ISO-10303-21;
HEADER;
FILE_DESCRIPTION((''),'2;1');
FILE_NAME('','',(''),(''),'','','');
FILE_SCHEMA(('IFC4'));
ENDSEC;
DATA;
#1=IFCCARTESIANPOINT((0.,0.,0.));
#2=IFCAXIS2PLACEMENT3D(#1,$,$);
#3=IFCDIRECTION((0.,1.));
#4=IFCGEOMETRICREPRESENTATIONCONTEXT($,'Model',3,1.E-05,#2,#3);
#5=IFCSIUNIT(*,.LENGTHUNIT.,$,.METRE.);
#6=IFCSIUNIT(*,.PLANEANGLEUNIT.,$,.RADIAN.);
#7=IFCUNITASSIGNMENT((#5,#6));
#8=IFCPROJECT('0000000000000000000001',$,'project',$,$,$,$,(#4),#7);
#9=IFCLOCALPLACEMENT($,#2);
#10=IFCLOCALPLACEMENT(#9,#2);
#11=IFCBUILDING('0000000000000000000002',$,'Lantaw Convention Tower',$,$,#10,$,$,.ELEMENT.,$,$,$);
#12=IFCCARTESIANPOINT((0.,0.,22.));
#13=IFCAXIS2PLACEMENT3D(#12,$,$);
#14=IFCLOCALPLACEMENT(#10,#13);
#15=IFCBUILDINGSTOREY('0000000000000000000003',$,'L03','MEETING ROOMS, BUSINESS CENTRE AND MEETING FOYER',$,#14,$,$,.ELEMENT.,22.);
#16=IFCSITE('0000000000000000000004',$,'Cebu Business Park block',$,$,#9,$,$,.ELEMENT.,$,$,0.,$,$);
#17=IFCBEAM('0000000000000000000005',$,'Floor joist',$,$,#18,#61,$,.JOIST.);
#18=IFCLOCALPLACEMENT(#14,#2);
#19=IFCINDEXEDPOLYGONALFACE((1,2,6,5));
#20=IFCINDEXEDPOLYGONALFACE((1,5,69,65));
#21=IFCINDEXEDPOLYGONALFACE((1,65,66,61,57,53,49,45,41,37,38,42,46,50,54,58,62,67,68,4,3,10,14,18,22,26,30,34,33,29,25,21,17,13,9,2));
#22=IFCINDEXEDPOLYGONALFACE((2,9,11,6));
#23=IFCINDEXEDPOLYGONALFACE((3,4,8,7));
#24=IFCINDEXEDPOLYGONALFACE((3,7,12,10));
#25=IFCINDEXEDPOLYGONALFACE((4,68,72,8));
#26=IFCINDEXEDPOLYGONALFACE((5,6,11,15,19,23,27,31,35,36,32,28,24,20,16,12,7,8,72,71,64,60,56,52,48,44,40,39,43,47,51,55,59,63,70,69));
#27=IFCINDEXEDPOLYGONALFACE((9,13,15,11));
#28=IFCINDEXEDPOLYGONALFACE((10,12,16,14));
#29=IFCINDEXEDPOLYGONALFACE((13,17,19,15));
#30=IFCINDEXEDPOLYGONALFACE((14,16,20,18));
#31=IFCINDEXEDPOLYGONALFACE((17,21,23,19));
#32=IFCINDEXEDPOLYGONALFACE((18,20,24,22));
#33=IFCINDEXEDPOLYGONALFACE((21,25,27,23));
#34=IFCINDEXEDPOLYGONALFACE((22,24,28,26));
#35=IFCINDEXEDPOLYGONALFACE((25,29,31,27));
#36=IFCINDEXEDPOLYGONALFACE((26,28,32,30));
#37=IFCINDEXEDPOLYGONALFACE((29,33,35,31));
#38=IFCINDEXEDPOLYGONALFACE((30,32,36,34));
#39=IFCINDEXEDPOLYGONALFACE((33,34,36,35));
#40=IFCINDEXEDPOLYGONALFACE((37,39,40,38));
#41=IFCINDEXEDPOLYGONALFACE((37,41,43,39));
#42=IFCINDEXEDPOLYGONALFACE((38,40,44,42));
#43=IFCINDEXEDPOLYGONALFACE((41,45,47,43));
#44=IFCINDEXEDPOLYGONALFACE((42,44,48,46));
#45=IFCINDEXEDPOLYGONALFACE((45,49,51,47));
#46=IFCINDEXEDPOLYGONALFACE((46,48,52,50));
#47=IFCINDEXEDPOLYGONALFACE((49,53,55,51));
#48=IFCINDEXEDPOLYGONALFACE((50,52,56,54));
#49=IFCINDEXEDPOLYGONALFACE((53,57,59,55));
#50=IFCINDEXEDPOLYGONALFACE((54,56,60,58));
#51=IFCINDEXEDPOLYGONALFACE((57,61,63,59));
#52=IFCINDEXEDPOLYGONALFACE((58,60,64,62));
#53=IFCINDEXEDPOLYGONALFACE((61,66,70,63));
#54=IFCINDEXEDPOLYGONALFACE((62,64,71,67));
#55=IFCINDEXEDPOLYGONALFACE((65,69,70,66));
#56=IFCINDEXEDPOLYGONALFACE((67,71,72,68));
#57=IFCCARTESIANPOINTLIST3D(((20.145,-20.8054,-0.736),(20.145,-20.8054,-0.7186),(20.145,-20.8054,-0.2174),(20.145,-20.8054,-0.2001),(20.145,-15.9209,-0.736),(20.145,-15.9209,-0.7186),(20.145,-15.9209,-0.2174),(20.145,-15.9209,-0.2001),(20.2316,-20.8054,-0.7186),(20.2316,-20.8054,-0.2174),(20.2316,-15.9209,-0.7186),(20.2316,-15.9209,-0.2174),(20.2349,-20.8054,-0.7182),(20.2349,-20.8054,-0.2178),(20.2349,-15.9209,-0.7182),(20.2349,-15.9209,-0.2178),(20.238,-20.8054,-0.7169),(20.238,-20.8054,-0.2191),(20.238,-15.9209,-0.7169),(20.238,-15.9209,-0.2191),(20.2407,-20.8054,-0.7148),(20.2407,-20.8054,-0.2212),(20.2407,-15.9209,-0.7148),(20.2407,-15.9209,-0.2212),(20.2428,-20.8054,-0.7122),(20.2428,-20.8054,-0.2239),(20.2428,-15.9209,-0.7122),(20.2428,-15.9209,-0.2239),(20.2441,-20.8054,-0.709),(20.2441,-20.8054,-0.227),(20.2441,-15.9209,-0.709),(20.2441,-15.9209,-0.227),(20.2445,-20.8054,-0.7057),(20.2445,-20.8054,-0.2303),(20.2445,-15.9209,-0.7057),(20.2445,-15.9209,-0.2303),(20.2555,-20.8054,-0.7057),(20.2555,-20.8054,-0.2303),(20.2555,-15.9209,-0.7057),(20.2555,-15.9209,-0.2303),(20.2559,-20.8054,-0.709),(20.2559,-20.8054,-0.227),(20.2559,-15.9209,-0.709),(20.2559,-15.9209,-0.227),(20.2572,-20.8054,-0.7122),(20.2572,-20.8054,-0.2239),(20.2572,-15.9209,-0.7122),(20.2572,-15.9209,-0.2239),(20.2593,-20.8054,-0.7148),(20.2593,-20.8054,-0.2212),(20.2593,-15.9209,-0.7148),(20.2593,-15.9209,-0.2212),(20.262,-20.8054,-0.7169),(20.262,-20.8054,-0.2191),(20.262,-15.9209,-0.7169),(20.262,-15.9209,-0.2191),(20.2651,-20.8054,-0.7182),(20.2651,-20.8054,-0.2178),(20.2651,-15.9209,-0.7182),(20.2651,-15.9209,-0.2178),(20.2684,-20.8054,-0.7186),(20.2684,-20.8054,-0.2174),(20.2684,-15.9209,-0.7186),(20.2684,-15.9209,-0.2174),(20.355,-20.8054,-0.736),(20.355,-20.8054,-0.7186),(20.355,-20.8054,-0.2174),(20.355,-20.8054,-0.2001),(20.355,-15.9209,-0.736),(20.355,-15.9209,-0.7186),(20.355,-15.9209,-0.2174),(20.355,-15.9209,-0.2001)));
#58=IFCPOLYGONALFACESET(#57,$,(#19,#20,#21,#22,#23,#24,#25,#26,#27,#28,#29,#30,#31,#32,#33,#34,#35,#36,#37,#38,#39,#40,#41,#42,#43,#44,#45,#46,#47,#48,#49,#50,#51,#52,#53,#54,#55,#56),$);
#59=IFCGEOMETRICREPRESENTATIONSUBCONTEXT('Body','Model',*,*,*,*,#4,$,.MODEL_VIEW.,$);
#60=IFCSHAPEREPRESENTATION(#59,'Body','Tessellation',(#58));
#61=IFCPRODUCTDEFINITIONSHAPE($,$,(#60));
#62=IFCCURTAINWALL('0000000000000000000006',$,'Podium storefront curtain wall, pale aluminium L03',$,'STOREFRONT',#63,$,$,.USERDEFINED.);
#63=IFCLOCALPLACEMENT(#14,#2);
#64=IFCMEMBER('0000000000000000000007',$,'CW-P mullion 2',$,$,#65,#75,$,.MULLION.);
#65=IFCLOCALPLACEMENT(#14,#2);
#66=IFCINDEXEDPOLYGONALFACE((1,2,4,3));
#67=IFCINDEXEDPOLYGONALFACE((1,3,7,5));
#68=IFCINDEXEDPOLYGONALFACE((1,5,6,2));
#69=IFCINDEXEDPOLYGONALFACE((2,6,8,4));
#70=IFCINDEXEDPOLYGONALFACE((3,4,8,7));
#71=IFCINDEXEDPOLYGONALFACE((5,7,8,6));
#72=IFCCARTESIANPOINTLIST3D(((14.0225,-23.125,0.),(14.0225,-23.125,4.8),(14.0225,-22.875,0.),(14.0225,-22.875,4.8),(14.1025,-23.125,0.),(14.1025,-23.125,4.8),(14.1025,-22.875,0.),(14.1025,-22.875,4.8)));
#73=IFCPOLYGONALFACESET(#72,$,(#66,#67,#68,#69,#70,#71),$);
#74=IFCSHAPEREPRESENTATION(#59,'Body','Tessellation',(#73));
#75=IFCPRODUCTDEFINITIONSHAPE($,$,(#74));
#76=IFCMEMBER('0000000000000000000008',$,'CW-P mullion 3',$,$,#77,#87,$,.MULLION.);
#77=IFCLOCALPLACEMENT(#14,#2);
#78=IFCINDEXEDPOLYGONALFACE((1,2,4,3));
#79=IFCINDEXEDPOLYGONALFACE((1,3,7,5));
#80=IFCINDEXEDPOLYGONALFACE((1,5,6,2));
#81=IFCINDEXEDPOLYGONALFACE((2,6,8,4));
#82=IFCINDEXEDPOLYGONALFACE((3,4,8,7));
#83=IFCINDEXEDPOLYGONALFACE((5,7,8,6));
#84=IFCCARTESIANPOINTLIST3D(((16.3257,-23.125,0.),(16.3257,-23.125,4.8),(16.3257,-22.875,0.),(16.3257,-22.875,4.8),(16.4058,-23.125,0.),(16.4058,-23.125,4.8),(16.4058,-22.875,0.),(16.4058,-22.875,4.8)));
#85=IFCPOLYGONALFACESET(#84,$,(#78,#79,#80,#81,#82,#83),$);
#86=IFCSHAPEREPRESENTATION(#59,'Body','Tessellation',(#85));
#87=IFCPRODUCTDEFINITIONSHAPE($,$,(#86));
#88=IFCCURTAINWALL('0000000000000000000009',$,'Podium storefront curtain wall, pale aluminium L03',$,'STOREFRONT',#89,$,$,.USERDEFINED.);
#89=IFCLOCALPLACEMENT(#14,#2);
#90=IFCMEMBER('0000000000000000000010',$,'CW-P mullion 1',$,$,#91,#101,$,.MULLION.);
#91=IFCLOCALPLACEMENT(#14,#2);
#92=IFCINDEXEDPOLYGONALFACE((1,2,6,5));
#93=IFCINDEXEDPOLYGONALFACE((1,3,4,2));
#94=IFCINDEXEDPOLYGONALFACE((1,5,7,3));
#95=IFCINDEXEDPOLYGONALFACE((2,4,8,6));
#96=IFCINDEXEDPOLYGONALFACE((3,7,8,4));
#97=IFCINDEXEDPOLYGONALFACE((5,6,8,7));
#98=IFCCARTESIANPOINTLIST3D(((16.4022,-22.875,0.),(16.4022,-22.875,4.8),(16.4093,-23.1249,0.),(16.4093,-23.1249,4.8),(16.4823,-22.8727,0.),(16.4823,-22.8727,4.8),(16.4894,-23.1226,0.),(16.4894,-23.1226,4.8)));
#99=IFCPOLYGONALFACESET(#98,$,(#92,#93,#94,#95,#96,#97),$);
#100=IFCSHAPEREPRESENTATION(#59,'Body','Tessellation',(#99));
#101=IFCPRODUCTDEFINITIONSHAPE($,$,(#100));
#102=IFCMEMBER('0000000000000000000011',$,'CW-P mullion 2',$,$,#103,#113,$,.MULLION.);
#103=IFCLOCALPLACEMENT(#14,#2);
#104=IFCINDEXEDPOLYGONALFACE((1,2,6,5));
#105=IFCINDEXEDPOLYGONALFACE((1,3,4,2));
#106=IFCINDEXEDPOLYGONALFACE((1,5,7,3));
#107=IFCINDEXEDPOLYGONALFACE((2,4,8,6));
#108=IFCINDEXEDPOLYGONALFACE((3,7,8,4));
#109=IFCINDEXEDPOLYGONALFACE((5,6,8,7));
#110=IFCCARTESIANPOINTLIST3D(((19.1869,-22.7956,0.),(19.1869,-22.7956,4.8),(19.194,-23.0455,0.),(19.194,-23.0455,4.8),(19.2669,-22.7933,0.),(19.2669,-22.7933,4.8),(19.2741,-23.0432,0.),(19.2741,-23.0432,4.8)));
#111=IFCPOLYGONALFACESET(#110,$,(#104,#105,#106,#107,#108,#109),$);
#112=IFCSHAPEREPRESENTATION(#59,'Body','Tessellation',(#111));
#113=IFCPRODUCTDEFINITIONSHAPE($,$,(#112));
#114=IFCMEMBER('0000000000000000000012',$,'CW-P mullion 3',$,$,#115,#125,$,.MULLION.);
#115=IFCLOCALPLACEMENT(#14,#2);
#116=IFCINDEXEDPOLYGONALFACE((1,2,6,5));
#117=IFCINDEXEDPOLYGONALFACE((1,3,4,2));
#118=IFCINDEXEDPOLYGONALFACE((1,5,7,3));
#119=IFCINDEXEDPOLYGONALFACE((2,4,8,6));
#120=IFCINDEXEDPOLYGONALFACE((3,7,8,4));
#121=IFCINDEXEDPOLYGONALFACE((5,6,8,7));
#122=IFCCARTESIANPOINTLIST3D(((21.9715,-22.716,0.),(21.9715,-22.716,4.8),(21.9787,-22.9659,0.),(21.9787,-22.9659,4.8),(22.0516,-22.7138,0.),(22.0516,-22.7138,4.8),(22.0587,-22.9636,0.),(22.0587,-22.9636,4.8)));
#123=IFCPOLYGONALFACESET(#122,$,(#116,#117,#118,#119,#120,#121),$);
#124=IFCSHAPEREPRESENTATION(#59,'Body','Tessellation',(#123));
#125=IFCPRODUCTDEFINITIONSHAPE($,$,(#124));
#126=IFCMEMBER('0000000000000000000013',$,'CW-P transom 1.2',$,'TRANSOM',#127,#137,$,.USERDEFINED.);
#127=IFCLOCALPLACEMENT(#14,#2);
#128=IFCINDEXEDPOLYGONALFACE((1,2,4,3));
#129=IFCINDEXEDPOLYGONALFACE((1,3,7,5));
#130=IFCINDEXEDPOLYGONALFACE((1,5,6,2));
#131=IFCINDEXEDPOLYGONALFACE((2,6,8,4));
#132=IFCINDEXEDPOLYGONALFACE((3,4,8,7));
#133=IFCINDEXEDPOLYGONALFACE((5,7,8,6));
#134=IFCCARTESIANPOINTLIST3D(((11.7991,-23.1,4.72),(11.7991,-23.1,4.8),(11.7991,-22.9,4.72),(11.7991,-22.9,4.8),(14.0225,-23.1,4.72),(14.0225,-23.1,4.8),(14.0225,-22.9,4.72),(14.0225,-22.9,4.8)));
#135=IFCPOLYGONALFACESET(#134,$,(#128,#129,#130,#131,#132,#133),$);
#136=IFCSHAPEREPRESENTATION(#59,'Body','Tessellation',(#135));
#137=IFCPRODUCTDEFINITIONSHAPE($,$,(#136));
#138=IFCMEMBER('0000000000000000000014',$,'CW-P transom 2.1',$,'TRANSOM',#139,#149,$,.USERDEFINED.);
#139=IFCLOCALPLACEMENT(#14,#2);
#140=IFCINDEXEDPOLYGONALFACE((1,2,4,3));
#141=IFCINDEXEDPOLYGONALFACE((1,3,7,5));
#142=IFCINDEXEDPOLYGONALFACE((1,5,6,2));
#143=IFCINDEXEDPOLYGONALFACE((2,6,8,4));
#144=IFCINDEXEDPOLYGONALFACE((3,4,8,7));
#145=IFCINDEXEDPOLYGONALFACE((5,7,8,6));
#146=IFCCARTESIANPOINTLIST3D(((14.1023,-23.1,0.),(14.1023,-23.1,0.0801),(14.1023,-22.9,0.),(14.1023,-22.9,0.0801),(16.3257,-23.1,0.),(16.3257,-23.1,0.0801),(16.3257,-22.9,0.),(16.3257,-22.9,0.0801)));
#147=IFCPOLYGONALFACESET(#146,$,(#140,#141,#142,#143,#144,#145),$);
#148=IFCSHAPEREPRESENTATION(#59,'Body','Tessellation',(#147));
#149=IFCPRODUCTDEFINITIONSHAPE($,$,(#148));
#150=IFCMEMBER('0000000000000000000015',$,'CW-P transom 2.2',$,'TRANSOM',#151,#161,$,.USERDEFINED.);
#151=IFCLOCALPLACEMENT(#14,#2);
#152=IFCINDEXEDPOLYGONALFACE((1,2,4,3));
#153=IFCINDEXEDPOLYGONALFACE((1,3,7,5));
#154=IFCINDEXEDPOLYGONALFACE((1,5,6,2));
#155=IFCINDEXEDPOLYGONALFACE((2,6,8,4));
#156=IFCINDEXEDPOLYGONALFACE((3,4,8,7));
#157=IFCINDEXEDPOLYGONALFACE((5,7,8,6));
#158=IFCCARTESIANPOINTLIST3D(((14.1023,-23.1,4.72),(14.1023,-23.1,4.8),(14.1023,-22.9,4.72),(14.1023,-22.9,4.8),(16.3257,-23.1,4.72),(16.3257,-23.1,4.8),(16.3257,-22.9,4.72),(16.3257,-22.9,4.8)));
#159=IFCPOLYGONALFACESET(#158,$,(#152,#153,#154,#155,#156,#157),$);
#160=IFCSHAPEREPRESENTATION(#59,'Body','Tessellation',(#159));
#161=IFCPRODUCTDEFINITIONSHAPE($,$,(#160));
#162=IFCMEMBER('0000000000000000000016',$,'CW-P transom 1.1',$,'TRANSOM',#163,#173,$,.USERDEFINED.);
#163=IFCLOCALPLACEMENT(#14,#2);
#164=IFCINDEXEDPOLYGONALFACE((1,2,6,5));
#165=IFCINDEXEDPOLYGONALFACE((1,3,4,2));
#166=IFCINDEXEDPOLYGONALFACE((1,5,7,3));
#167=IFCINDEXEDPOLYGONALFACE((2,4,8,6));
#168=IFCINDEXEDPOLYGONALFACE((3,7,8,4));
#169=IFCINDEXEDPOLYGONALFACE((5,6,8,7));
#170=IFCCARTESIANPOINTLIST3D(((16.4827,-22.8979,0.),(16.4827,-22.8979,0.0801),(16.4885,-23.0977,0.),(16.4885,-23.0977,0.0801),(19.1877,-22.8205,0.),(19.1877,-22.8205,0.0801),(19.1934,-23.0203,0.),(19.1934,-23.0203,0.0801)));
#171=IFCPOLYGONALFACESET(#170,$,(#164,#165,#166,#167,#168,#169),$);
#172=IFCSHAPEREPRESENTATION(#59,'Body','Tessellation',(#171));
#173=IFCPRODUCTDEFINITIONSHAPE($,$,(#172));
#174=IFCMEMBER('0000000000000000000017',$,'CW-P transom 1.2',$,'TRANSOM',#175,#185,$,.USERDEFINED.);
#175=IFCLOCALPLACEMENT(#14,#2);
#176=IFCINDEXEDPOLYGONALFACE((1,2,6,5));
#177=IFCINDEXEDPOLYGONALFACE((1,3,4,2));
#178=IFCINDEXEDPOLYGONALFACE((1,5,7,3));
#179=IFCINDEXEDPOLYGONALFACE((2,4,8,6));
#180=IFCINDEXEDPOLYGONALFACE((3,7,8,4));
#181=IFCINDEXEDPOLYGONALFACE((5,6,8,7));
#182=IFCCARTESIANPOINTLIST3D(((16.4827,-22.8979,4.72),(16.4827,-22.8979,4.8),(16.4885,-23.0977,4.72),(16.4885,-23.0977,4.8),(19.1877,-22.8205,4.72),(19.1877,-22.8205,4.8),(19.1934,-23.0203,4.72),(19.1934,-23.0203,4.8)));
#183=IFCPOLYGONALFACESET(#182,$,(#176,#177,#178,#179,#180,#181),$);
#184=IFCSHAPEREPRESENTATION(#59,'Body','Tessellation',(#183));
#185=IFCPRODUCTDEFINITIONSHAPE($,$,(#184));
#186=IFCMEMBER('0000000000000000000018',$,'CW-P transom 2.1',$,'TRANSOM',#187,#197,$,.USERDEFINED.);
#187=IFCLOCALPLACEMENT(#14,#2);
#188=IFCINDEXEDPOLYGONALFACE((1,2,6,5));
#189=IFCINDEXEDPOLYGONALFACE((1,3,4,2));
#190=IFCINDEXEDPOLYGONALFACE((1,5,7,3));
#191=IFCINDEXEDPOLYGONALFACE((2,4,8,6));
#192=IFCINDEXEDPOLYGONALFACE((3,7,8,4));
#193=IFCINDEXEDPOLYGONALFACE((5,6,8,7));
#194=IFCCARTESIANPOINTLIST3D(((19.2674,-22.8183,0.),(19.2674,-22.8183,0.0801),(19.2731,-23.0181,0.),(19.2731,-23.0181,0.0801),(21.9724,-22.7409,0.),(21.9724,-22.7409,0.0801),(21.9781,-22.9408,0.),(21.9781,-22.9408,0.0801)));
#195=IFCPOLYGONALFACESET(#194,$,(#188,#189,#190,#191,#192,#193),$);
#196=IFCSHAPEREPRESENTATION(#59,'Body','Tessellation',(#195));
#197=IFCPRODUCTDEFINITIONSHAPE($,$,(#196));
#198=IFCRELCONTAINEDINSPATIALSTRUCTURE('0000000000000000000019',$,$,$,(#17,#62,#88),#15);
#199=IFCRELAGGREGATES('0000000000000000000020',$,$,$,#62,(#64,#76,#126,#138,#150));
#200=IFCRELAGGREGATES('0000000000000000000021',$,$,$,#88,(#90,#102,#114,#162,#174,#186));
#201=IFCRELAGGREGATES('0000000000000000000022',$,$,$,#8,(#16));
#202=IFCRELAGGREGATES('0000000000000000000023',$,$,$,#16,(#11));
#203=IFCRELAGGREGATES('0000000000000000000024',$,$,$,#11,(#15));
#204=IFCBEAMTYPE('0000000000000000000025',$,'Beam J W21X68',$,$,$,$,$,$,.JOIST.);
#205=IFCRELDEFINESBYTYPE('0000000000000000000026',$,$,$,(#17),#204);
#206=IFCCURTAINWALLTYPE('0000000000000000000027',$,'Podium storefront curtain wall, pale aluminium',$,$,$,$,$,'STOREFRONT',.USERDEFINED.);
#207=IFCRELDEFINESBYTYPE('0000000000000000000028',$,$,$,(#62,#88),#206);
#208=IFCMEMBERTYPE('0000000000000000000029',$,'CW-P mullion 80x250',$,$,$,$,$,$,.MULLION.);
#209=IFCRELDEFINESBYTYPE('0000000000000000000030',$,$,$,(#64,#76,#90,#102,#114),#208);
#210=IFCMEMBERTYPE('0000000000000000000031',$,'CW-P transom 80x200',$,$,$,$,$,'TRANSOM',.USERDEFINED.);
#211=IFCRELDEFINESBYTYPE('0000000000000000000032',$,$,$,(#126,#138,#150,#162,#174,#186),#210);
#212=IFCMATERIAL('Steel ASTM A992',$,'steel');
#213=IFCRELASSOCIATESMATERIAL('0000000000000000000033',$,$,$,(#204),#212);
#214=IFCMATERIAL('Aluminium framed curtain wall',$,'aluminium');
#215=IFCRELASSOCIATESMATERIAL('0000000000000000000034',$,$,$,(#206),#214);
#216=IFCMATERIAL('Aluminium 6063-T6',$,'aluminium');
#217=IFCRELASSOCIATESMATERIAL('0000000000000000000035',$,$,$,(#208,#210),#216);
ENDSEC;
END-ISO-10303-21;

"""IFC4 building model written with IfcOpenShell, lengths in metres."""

from ifc_helpers import new_model, si_unit, direction, frame, origin, origin_2d, place, context, subcontext, project, spatial, rectangle, i_section, extrude, material, material_profile, profile_set, type_object, element, aggregate, save


model = new_model("IFC4")

# Units and contexts
model_context = context("Model", 3, precision=1e-05, world=origin(), true_north=direction((0.0, 1.0)))
body_context = subcontext(model_context, "Body", "Model", "MODEL_VIEW")
ifc_project = project(units=[si_unit("LENGTHUNIT", "METRE"), si_unit("PLANEANGLEUNIT", "RADIAN")], contexts=[model_context])

# Site, building, storey
site_placement = place(None, origin())
site = spatial("IfcSite", under=ifc_project, at=site_placement, Name="Cebu Business Park block", CompositionType="ELEMENT", RefElevation=0.0)
building_placement = place(site_placement, origin())
building = spatial("IfcBuilding", under=site, at=building_placement, Name="Lantaw Convention Tower", CompositionType="ELEMENT")
storey_placement = place(building_placement, frame((0.0, 0.0, 22.0)))
storey = spatial("IfcBuildingStorey", under=building, at=storey_placement, Name="L03", Description="MEETING ROOMS, BUSINESS CENTRE AND MEETING FOYER", CompositionType="ELEMENT", Elevation=22.0)

# Beam
ifc_material_1 = material(Name="Steel ASTM A992", Category="steel")
ifc_material_profile_1 = material_profile(ifc_material_1, i_section(OverallWidth=0.21, OverallDepth=0.5359, WebThickness=0.011, FlangeThickness=0.0173, FilletRadius=0.0129, at=origin_2d()), Name="W21X68")
ifc_profile_set_1 = profile_set([ifc_material_profile_1], Name="Steel ASTM A992")
beam_type_1 = type_object("IfcBeamType", Name="Beam J W21X68", PredefinedType="JOIST", material=ifc_profile_set_1)
beam_1_placement = place(storey_placement, frame((20.25, -20.8054, -0.468), z_axis=(0.0, 1.0, 0.0), x_axis=(-1.0, 0.0, 0.0)))
element("IfcBeam", 1, at=beam_1_placement, inside=storey, type_object=beam_type_1, Name="Floor joist", PredefinedType="JOIST", context=body_context, shape_type="SweptSolid", body=[
    extrude(i_section(OverallWidth=0.21, OverallDepth=0.5359, WebThickness=0.011, FlangeThickness=0.0173, FilletRadius=0.0129, at=origin_2d()), origin(), (0.0, 0.0, 1.0), 4.8845),
])

# Curtain walls, members
ifc_material_2 = material(Name="Aluminium framed curtain wall", Category="aluminium")
curtain_wall_type = type_object("IfcCurtainWallType", Name="Podium storefront curtain wall, pale aluminium", ElementType="STOREFRONT", PredefinedType="USERDEFINED", material=ifc_material_2)
curtain_wall_1_placement = place(storey_placement, origin())
curtain_wall_1 = element("IfcCurtainWall", 2, at=curtain_wall_1_placement, inside=storey, type_object=curtain_wall_type, Name="Podium storefront curtain wall, pale aluminium L03", ObjectType="STOREFRONT", PredefinedType="USERDEFINED")
ifc_material_3 = material(Name="Aluminium 6063-T6", Category="aluminium")
ifc_material_profile_2 = material_profile(ifc_material_3, rectangle(XDim=0.25, YDim=0.0801, at=origin_2d()), Name="CW-P mullion 80x250")
ifc_profile_set_2 = profile_set([ifc_material_profile_2], Name="Aluminium 6063-T6")
member_type_1 = type_object("IfcMemberType", Name="CW-P mullion 80x250", PredefinedType="MULLION", material=ifc_profile_set_2)
member_1_placement = place(storey_placement, frame((14.0625, -23.0, 0.0), z_axis=(0.0, 0.0, 1.0), x_axis=(0.0, 1.0, 0.0)))
member_1 = element("IfcMember", 3, at=member_1_placement, type_object=member_type_1, Name="CW-P mullion 2", PredefinedType="MULLION", context=body_context, shape_type="SweptSolid", body=[
    extrude(rectangle(XDim=0.25, YDim=0.0801, at=origin_2d()), origin(), (0.0, 0.0, 1.0), 4.8),
])
member_2_placement = place(storey_placement, frame((16.3657, -23.0, 0.0), z_axis=(0.0, 0.0, 1.0), x_axis=(0.0, 1.0, 0.0)))
member_2 = element("IfcMember", 4, at=member_2_placement, type_object=member_type_1, Name="CW-P mullion 3", PredefinedType="MULLION", context=body_context, shape_type="SweptSolid", body=[
    extrude(rectangle(XDim=0.25, YDim=0.0801, at=origin_2d()), origin(), (0.0, 0.0, 1.0), 4.8),
])
curtain_wall_2_placement = place(storey_placement, origin())
curtain_wall_2 = element("IfcCurtainWall", 5, at=curtain_wall_2_placement, inside=storey, type_object=curtain_wall_type, Name="Podium storefront curtain wall, pale aluminium L03", ObjectType="STOREFRONT", PredefinedType="USERDEFINED")
member_3_placement = place(storey_placement, frame((16.4458, -22.9988, 0.0), z_axis=(0.0, 0.0, 1.0), x_axis=(-0.028552, 0.999592, 0.0)))
member_3 = element("IfcMember", 6, at=member_3_placement, type_object=member_type_1, Name="CW-P mullion 1", PredefinedType="MULLION", context=body_context, shape_type="SweptSolid", body=[
    extrude(rectangle(XDim=0.25, YDim=0.0801, at=origin_2d()), origin(), (0.0, 0.0, 1.0), 4.8),
])
member_4_placement = place(storey_placement, frame((19.2305, -22.9194, 0.0), z_axis=(0.0, 0.0, 1.0), x_axis=(-0.028552, 0.999592, 0.0)))
member_4 = element("IfcMember", 7, at=member_4_placement, type_object=member_type_1, Name="CW-P mullion 2", PredefinedType="MULLION", context=body_context, shape_type="SweptSolid", body=[
    extrude(rectangle(XDim=0.25, YDim=0.0801, at=origin_2d()), origin(), (0.0, 0.0, 1.0), 4.8),
])
member_5_placement = place(storey_placement, frame((22.0151, -22.8398, 0.0), z_axis=(0.0, 0.0, 1.0), x_axis=(-0.028552, 0.999592, 0.0)))
member_5 = element("IfcMember", 8, at=member_5_placement, type_object=member_type_1, Name="CW-P mullion 3", PredefinedType="MULLION", context=body_context, shape_type="SweptSolid", body=[
    extrude(rectangle(XDim=0.25, YDim=0.0801, at=origin_2d()), origin(), (0.0, 0.0, 1.0), 4.8),
])

# Members
ifc_material_profile_3 = material_profile(ifc_material_3, rectangle(XDim=0.2, YDim=0.0801, at=origin_2d()), Name="CW-P transom 80x200")
ifc_profile_set_3 = profile_set([ifc_material_profile_3], Name="Aluminium 6063-T6")
member_type_2 = type_object("IfcMemberType", Name="CW-P transom 80x200", ElementType="TRANSOM", PredefinedType="USERDEFINED", material=ifc_profile_set_3)
member_6_placement = place(storey_placement, frame((11.7991, -23.0, 4.76), z_axis=(1.0, 0.0, 0.0), x_axis=(0.0, 1.0, 0.0)))
member_6 = element("IfcMember", 9, at=member_6_placement, type_object=member_type_2, Name="CW-P transom 1.2", ObjectType="TRANSOM", PredefinedType="USERDEFINED", context=body_context, shape_type="SweptSolid", body=[
    extrude(rectangle(XDim=0.2, YDim=0.0801, at=origin_2d()), origin(), (0.0, 0.0, 1.0), 2.2234),
])
member_7_placement = place(storey_placement, frame((14.1023, -23.0, 0.04), z_axis=(1.0, 0.0, 0.0), x_axis=(0.0, 1.0, 0.0)))
member_7 = element("IfcMember", 10, at=member_7_placement, type_object=member_type_2, Name="CW-P transom 2.1", ObjectType="TRANSOM", PredefinedType="USERDEFINED", context=body_context, shape_type="SweptSolid", body=[
    extrude(rectangle(XDim=0.2, YDim=0.0801, at=origin_2d()), origin(), (0.0, 0.0, 1.0), 2.2234),
])
member_8_placement = place(storey_placement, frame((14.1023, -23.0, 4.76), z_axis=(1.0, 0.0, 0.0), x_axis=(0.0, 1.0, 0.0)))
member_8 = element("IfcMember", 11, at=member_8_placement, type_object=member_type_2, Name="CW-P transom 2.2", ObjectType="TRANSOM", PredefinedType="USERDEFINED", context=body_context, shape_type="SweptSolid", body=[
    extrude(rectangle(XDim=0.2, YDim=0.0801, at=origin_2d()), origin(), (0.0, 0.0, 1.0), 2.2234),
])
member_9_placement = place(storey_placement, frame((16.4856, -22.9978, 0.04), z_axis=(0.999591, 0.028601, 0.0), x_axis=(-0.028601, 0.999591, 0.0)))
member_9 = element("IfcMember", 12, at=member_9_placement, type_object=member_type_2, Name="CW-P transom 1.1", ObjectType="TRANSOM", PredefinedType="USERDEFINED", context=body_context, shape_type="SweptSolid", body=[
    extrude(rectangle(XDim=0.2, YDim=0.0801, at=origin_2d()), origin(), (0.0, 0.0, 1.0), 2.7061),
])
member_10_placement = place(storey_placement, frame((16.4856, -22.9978, 4.76), z_axis=(0.999591, 0.028601, 0.0), x_axis=(-0.028601, 0.999591, 0.0)))
member_10 = element("IfcMember", 13, at=member_10_placement, type_object=member_type_2, Name="CW-P transom 1.2", ObjectType="TRANSOM", PredefinedType="USERDEFINED", context=body_context, shape_type="SweptSolid", body=[
    extrude(rectangle(XDim=0.2, YDim=0.0801, at=origin_2d()), origin(), (0.0, 0.0, 1.0), 2.7061),
])
member_11_placement = place(storey_placement, frame((19.2703, -22.9182, 0.04), z_axis=(0.999591, 0.028601, 0.0), x_axis=(-0.028601, 0.999591, 0.0)))
member_11 = element("IfcMember", 14, at=member_11_placement, type_object=member_type_2, Name="CW-P transom 2.1", ObjectType="TRANSOM", PredefinedType="USERDEFINED", context=body_context, shape_type="SweptSolid", body=[
    extrude(rectangle(XDim=0.2, YDim=0.0801, at=origin_2d()), origin(), (0.0, 0.0, 1.0), 2.7061),
])

aggregate(curtain_wall_1, [member_1, member_2, member_6, member_7, member_8])
aggregate(curtain_wall_2, [member_3, member_4, member_5, member_9, member_10, member_11])

save(model, "model.ifc")
